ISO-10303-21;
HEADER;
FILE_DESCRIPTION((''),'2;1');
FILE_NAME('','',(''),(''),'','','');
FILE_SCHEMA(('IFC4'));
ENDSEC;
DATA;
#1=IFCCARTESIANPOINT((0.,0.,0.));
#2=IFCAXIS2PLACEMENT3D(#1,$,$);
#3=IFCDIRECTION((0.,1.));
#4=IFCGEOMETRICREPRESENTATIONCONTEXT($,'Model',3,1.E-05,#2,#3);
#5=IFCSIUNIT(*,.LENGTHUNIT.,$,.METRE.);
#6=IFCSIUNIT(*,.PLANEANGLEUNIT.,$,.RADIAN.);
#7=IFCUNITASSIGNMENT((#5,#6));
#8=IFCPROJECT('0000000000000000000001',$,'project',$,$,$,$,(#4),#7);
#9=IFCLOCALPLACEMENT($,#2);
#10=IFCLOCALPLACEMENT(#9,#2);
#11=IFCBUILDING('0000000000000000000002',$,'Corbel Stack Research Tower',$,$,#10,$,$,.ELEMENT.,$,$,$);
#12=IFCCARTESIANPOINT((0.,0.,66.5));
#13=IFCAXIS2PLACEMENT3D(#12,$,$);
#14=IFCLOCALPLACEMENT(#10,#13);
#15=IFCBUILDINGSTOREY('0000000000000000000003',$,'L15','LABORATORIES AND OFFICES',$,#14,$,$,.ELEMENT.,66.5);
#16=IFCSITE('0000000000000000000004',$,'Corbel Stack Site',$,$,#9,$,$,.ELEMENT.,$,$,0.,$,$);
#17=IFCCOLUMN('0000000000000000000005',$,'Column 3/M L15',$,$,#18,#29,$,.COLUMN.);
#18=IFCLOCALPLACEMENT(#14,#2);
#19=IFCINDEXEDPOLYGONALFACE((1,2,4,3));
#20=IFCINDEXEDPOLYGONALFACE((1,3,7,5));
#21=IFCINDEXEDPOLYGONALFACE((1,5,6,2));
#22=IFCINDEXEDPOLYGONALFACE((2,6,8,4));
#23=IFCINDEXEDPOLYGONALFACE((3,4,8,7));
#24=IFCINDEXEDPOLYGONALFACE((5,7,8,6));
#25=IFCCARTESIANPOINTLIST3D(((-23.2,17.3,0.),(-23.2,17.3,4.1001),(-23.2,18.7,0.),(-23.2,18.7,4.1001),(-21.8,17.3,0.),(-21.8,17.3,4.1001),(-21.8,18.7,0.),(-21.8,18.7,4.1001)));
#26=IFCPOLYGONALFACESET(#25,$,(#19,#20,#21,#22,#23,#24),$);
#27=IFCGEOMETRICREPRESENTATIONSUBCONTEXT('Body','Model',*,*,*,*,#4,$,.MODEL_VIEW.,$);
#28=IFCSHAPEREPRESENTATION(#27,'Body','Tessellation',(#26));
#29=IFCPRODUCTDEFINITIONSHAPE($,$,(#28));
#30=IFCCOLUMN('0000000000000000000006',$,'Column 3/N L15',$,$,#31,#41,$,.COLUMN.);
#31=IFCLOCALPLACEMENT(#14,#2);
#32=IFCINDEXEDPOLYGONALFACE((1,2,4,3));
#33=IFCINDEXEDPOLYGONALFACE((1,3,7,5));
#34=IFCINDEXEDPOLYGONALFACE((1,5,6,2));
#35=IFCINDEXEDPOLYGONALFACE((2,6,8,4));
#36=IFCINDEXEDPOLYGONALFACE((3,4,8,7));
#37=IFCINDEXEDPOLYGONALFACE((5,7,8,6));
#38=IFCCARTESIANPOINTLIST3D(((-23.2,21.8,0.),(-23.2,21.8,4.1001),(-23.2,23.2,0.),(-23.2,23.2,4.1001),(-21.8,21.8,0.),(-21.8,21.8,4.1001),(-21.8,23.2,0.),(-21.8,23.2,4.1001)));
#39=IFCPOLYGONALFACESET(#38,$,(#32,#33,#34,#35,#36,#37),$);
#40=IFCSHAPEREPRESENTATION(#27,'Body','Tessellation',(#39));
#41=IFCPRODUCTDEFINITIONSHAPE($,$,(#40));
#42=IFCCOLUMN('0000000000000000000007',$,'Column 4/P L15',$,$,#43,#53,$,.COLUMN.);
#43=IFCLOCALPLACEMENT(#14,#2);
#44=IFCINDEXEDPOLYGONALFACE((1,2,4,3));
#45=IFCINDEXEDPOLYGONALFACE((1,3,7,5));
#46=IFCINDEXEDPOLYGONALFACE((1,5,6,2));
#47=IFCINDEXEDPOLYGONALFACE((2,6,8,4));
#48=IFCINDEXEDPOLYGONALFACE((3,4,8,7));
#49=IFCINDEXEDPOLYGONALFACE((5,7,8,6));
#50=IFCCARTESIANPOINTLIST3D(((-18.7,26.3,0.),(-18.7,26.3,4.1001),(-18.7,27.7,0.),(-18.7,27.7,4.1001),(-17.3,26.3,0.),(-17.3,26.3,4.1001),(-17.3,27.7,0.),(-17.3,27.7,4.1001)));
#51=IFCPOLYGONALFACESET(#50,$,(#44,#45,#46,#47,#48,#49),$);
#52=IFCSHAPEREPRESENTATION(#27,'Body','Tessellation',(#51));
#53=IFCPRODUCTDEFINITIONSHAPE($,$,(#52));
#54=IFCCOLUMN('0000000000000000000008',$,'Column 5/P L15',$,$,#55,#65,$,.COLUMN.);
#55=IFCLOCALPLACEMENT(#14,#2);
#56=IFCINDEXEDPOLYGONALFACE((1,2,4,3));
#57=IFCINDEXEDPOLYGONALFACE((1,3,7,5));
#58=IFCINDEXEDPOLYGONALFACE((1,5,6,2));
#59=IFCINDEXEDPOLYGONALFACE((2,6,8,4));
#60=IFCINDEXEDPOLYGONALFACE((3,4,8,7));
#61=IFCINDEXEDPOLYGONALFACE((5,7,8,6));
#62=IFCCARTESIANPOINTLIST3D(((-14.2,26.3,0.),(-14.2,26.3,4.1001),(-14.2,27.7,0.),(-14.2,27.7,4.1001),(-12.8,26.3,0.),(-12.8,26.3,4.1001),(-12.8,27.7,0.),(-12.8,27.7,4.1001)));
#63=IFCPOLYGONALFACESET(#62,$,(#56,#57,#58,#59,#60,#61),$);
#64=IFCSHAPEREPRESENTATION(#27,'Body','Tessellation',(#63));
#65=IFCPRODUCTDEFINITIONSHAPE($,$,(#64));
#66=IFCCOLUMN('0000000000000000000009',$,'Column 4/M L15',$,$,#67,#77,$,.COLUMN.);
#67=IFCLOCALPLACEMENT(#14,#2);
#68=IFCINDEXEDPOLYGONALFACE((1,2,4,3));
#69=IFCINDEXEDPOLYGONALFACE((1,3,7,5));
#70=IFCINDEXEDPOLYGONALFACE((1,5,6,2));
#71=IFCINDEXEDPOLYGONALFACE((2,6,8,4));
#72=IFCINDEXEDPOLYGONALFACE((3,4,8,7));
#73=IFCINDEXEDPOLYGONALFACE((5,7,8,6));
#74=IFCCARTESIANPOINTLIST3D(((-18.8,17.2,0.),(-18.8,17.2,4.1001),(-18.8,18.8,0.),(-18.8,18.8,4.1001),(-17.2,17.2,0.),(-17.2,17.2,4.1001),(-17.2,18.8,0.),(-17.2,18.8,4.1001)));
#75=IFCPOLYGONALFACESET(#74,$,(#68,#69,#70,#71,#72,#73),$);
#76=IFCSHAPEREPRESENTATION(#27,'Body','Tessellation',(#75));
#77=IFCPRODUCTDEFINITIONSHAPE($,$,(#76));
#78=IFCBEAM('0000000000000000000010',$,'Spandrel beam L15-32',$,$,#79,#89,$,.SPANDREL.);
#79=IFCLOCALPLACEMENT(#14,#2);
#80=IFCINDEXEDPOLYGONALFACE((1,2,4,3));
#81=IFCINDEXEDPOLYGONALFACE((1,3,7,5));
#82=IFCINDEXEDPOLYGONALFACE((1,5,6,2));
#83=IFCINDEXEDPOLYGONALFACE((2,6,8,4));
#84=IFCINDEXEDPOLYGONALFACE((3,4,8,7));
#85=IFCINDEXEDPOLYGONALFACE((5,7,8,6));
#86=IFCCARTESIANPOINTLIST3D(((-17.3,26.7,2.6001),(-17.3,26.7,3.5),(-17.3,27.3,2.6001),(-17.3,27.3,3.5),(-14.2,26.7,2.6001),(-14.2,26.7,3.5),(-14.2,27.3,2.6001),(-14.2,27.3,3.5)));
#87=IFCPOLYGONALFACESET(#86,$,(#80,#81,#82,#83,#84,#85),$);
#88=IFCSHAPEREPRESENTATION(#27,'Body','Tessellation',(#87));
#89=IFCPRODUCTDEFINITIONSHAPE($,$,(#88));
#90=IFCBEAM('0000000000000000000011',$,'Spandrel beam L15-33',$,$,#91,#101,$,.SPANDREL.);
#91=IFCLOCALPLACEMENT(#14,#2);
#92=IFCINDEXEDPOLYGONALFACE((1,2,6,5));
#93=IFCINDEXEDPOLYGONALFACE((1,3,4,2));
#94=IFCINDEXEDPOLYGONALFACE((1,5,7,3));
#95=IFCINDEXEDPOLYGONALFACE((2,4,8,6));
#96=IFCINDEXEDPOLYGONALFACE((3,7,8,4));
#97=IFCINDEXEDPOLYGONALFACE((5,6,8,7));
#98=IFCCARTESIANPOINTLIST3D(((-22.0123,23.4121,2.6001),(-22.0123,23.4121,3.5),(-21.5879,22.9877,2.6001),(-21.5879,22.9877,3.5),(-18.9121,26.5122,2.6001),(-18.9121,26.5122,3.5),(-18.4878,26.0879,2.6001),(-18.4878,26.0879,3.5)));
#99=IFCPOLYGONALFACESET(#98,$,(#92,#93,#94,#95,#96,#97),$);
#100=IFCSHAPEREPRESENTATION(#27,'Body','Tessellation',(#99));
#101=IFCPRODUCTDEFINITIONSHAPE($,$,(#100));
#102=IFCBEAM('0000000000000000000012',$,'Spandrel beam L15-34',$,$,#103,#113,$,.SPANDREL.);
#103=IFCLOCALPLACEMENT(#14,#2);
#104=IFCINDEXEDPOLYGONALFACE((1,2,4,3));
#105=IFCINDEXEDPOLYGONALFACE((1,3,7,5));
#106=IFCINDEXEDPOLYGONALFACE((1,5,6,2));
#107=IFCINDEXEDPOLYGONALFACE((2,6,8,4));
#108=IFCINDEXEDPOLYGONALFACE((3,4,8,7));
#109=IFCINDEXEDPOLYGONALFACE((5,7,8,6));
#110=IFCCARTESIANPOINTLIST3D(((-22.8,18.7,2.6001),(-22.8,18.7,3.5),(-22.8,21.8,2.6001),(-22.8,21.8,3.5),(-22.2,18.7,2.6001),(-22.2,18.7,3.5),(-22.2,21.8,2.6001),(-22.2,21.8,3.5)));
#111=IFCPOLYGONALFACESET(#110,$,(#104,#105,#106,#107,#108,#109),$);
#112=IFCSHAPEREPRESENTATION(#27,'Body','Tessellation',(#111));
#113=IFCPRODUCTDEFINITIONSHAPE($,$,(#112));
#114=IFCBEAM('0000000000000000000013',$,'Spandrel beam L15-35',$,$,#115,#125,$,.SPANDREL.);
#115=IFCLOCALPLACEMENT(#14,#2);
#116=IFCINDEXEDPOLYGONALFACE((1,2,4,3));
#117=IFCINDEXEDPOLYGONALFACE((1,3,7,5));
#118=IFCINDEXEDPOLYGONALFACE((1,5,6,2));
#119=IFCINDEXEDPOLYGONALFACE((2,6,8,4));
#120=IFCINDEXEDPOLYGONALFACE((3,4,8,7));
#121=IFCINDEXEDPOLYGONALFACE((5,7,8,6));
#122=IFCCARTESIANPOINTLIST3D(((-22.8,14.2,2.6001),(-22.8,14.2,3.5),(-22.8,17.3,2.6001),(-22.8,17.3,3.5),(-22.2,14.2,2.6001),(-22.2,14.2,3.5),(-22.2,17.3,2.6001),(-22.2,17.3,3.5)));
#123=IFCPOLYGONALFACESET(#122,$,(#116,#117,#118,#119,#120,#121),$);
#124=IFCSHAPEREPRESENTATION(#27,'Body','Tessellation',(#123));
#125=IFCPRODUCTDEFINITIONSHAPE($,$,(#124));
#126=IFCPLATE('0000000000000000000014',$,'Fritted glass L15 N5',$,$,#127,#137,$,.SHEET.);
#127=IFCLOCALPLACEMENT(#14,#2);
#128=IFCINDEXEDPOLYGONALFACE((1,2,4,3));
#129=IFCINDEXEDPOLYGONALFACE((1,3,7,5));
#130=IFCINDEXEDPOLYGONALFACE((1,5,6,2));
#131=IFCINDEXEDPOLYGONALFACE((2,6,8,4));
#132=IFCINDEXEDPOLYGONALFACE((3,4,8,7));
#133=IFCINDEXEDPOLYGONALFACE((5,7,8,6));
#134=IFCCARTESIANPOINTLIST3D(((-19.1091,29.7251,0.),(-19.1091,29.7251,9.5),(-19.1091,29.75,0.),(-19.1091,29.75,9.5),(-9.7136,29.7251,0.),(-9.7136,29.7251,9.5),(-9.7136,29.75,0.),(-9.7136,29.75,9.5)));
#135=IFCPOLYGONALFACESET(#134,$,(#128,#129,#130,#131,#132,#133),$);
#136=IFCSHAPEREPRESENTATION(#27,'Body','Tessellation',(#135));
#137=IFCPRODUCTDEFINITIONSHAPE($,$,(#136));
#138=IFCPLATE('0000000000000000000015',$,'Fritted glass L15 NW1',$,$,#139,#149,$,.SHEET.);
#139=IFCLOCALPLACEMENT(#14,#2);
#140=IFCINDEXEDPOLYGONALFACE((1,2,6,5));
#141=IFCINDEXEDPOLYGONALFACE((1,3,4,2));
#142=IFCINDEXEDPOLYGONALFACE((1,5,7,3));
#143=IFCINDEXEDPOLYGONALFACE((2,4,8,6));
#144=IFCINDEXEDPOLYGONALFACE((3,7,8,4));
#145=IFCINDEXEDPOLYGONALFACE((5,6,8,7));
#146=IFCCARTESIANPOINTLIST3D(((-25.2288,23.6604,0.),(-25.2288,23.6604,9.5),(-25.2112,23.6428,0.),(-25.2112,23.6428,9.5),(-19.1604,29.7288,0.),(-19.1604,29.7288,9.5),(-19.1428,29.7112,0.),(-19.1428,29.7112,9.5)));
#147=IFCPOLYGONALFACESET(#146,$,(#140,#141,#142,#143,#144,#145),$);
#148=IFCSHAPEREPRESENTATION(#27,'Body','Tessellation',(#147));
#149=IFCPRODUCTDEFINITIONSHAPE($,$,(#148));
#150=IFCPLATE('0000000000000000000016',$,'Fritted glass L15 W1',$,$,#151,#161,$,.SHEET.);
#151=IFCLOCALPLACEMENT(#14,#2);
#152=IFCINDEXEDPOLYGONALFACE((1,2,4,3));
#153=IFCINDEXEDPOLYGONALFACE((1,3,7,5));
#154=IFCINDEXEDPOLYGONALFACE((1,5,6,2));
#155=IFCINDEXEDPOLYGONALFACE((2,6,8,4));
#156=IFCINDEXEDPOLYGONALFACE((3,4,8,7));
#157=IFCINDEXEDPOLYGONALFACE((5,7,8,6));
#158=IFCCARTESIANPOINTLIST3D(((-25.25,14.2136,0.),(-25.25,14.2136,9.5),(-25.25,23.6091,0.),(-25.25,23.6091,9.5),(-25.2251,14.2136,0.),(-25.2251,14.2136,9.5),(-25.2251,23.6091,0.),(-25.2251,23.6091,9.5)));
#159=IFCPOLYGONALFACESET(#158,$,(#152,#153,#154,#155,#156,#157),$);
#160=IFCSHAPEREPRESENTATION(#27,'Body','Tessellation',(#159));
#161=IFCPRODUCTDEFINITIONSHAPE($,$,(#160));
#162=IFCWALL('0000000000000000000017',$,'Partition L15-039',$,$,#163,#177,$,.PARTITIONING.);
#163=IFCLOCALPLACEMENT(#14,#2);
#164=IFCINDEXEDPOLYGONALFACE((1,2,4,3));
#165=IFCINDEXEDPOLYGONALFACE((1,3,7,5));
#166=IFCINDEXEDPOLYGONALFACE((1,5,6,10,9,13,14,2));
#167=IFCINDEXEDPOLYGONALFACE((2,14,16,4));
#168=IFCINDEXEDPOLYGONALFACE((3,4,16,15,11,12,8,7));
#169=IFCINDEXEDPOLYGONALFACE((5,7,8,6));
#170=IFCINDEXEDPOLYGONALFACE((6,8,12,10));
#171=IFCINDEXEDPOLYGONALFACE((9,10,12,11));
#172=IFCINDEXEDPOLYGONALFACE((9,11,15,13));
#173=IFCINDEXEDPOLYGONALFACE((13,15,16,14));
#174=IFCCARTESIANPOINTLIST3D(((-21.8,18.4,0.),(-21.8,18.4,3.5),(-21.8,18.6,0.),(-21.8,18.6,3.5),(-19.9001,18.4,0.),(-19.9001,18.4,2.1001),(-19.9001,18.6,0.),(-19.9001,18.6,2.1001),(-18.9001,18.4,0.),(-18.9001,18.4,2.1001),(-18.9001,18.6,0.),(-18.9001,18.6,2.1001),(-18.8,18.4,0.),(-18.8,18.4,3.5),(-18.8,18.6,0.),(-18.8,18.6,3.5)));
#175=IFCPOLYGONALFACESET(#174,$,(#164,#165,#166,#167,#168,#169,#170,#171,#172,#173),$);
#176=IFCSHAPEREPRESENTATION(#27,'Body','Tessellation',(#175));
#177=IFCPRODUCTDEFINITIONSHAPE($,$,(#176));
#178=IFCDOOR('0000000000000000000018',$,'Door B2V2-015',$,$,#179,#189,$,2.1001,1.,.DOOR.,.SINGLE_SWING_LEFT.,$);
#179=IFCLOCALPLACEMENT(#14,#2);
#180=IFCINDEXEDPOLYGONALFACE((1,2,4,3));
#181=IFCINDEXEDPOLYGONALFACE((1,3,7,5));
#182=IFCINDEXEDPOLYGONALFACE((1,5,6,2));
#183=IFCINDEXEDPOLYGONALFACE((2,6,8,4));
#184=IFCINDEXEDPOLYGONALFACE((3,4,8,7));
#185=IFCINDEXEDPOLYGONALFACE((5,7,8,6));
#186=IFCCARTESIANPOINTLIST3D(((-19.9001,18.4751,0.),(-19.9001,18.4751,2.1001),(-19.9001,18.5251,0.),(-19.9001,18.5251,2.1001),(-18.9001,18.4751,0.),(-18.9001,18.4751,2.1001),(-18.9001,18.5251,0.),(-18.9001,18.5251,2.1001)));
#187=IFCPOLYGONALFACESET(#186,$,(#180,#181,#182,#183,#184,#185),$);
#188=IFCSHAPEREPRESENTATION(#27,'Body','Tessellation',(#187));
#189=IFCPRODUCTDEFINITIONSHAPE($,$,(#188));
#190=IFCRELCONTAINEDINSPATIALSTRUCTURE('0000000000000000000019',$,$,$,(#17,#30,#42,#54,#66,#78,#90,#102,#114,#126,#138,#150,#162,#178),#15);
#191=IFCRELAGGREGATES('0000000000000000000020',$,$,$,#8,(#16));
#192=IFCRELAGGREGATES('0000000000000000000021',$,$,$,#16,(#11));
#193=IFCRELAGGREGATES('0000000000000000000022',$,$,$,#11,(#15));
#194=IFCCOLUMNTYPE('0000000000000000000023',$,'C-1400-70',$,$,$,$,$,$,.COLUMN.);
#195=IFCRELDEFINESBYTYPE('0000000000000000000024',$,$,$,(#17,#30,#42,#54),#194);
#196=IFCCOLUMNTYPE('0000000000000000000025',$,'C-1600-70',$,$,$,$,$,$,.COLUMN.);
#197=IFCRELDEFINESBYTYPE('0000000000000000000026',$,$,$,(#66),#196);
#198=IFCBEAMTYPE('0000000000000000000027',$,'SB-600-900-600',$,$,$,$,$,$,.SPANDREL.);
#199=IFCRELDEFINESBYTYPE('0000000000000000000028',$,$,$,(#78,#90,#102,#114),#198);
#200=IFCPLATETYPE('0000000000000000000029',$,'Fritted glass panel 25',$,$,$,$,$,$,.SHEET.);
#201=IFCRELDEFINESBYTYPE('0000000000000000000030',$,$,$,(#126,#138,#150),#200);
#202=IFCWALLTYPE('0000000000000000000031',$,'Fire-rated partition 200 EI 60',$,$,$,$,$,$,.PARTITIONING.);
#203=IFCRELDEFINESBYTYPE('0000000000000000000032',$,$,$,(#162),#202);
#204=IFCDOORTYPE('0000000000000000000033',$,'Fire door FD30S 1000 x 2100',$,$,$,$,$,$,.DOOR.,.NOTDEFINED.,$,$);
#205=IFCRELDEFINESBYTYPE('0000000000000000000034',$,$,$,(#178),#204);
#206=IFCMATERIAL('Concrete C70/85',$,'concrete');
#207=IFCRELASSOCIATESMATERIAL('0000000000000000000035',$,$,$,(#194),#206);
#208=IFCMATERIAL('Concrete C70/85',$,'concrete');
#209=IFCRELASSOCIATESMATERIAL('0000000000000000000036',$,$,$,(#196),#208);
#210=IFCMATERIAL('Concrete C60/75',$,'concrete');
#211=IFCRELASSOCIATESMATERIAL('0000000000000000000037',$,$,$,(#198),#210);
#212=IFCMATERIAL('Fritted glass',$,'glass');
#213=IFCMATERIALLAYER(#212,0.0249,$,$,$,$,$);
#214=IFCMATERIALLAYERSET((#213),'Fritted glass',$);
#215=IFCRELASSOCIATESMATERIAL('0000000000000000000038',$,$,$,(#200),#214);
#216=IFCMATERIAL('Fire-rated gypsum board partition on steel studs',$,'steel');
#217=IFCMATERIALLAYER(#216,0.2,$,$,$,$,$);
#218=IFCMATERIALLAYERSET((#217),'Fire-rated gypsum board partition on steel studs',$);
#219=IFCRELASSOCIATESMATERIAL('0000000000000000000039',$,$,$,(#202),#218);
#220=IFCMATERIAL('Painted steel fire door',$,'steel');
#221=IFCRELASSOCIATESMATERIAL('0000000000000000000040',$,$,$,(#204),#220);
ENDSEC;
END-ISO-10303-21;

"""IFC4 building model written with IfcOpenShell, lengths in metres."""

from ifc_helpers import new_model, si_unit, direction, frame, frame_2d, origin, origin_2d, place, context, subcontext, project, spatial, rectangle, extrude, material, layer, layer_set, material_profile, profile_set, type_object, element, fill, save


model = new_model("IFC4")

# Units and contexts
model_context = context("Model", 3, precision=1e-05, world=origin(), true_north=direction((0.0, 1.0)))
body_context = subcontext(model_context, "Body", "Model", "MODEL_VIEW")
ifc_project = project(units=[si_unit("LENGTHUNIT", "METRE"), si_unit("PLANEANGLEUNIT", "RADIAN")], contexts=[model_context])

# Site, building, storey
site_placement = place(None, origin())
site = spatial("IfcSite", under=ifc_project, at=site_placement, Name="Corbel Stack Site", CompositionType="ELEMENT", RefElevation=0.0)
building_placement = place(site_placement, origin())
building = spatial("IfcBuilding", under=site, at=building_placement, Name="Corbel Stack Research Tower", CompositionType="ELEMENT")
storey_placement = place(building_placement, frame((0.0, 0.0, 66.5)))
storey = spatial("IfcBuildingStorey", under=building, at=storey_placement, Name="L15", Description="LABORATORIES AND OFFICES", CompositionType="ELEMENT", Elevation=66.5)

# Columns
ifc_material_1 = material(Name="Concrete C70/85", Category="concrete")
ifc_material_profile_1 = material_profile(ifc_material_1, rectangle(XDim=1.3999, YDim=1.3999, at=origin_2d()), Name="RC 1400 x 1400")
ifc_profile_set_1 = profile_set([ifc_material_profile_1], Name="Concrete C70/85")
column_type_1 = type_object("IfcColumnType", Name="C-1400-70", PredefinedType="COLUMN", material=ifc_profile_set_1)
for number, where, z_axis, x_axis, name in (
    (1, (-22.5, 18.0, 0.0), (0.0, 0.0, 1.0), (1.0, 0.0, 0.0), "Column 3/M L15"),
    (2, (-22.5, 22.5, 0.0), (0.0, 0.0, 1.0), (1.0, 0.0, 0.0), "Column 3/N L15"),
    (3, (-18.0, 27.0, 0.0), (0.0, 0.0, 1.0), (1.0, 0.0, 0.0), "Column 4/P L15"),
    (4, (-13.5, 27.0, 0.0), (0.0, 0.0, 1.0), (1.0, 0.0, 0.0), "Column 5/P L15"),
):
    element("IfcColumn", number, at=place(storey_placement, frame(where, z_axis=z_axis, x_axis=x_axis)), inside=storey, type_object=column_type_1, Name=name, PredefinedType="COLUMN", context=body_context, shape_type="SweptSolid", body=[
        extrude(rectangle(XDim=1.3999, YDim=1.3999, at=origin_2d()), origin(), (0.0, 0.0, 1.0), 4.1001),
    ])
ifc_material_2 = material(Name="Concrete C70/85", Category="concrete")
ifc_material_profile_2 = material_profile(ifc_material_2, rectangle(XDim=1.6001, YDim=1.6001, at=origin_2d()), Name="RC 1600 x 1600")
ifc_profile_set_2 = profile_set([ifc_material_profile_2], Name="Concrete C70/85")
column_type_2 = type_object("IfcColumnType", Name="C-1600-70", PredefinedType="COLUMN", material=ifc_profile_set_2)
column_placement = place(storey_placement, frame((-18.0, 18.0, 0.0), z_axis=(0.0, 0.0, 1.0), x_axis=(1.0, 0.0, 0.0)))
element("IfcColumn", 5, at=column_placement, inside=storey, type_object=column_type_2, Name="Column 4/M L15", PredefinedType="COLUMN", context=body_context, shape_type="SweptSolid", body=[
    extrude(rectangle(XDim=1.6001, YDim=1.6001, at=origin_2d()), origin(), (0.0, 0.0, 1.0), 4.1001),
])

# Beams
ifc_material_3 = material(Name="Concrete C60/75", Category="concrete")
ifc_material_profile_3 = material_profile(ifc_material_3, rectangle(XDim=0.6001, YDim=0.8999, at=origin_2d()), Name="RC 600 x 900")
ifc_profile_set_3 = profile_set([ifc_material_profile_3], Name="Concrete C60/75")
beam_type = type_object("IfcBeamType", Name="SB-600-900-600", PredefinedType="SPANDREL", material=ifc_profile_set_3)
beam_1_placement = place(storey_placement, frame((-14.2, 27.0, 3.05), z_axis=(-1.0, 0.0, 0.0), x_axis=(0.0, -1.0, 0.0)))
element("IfcBeam", 6, at=beam_1_placement, inside=storey, type_object=beam_type, Name="Spandrel beam L15-32", PredefinedType="SPANDREL", context=body_context, shape_type="SweptSolid", body=[
    extrude(rectangle(XDim=0.6001, YDim=0.8999, at=origin_2d()), origin(), (0.0, 0.0, 1.0), 3.1001),
])
beam_2_placement = place(storey_placement, frame((-18.7, 26.3, 3.05), z_axis=(-0.707107, -0.707107, 0.0), x_axis=(0.707107, -0.707107, 0.0)))
element("IfcBeam", 7, at=beam_2_placement, inside=storey, type_object=beam_type, Name="Spandrel beam L15-33", PredefinedType="SPANDREL", context=body_context, shape_type="SweptSolid", body=[
    extrude(rectangle(XDim=0.6001, YDim=0.8999, at=origin_2d()), origin(), (0.0, 0.0, 1.0), 4.3843),
])
for number, where, z_axis, x_axis, name in (
    (8, (-22.5, 21.8, 3.05), (0.0, -1.0, 0.0), (1.0, 0.0, 0.0), "Spandrel beam L15-34"),
    (9, (-22.5, 17.3, 3.05), (0.0, -1.0, 0.0), (1.0, 0.0, 0.0), "Spandrel beam L15-35"),
):
    element("IfcBeam", number, at=place(storey_placement, frame(where, z_axis=z_axis, x_axis=x_axis)), inside=storey, type_object=beam_type, Name=name, PredefinedType="SPANDREL", context=body_context, shape_type="SweptSolid", body=[
        extrude(rectangle(XDim=0.6001, YDim=0.8999, at=origin_2d()), origin(), (0.0, 0.0, 1.0), 3.1001),
    ])

# Plates
ifc_material_4 = material(Name="Fritted glass", Category="glass")
ifc_layer_1 = layer(ifc_material_4, 0.0249)
ifc_layer_set_1 = layer_set([ifc_layer_1], Name="Fritted glass")
plate_type = type_object("IfcPlateType", Name="Fritted glass panel 25", PredefinedType="SHEET", material=ifc_layer_set_1)
plate_1_placement = place(storey_placement, frame((-14.4114, 29.7375, 0.0), z_axis=(0.0, 0.0, 1.0), x_axis=(-1.0, 0.0, 0.0)))
element("IfcPlate", 10, at=plate_1_placement, inside=storey, type_object=plate_type, Name="Fritted glass L15 N5", PredefinedType="SHEET", context=body_context, shape_type="SweptSolid", body=[
    extrude(rectangle(XDim=9.3955, YDim=0.0249, at=origin_2d()), origin(), (0.0, 0.0, 1.0), 9.5),
])
plate_2_placement = place(storey_placement, frame((-22.1858, 26.6858, 0.0), z_axis=(0.0, 0.0, 1.0), x_axis=(-0.707107, -0.707107, 0.0)))
element("IfcPlate", 11, at=plate_2_placement, inside=storey, type_object=plate_type, Name="Fritted glass L15 NW1", PredefinedType="SHEET", context=body_context, shape_type="SweptSolid", body=[
    extrude(rectangle(XDim=8.582, YDim=0.0249, at=origin_2d()), origin(), (0.0, 0.0, 1.0), 9.5),
])
plate_3_placement = place(storey_placement, frame((-25.2375, 18.9114, 0.0), z_axis=(0.0, 0.0, 1.0), x_axis=(0.0, -1.0, 0.0)))
element("IfcPlate", 12, at=plate_3_placement, inside=storey, type_object=plate_type, Name="Fritted glass L15 W1", PredefinedType="SHEET", context=body_context, shape_type="SweptSolid", body=[
    extrude(rectangle(XDim=9.3955, YDim=0.0249, at=origin_2d()), origin(), (0.0, 0.0, 1.0), 9.5),
])

# Wall, opening, door
ifc_material_5 = material(Name="Fire-rated gypsum board partition on steel studs", Category="steel")
ifc_layer_2 = layer(ifc_material_5, 0.2)
ifc_layer_set_2 = layer_set([ifc_layer_2], Name="Fire-rated gypsum board partition on steel studs")
wall_type_1 = type_object("IfcWallType", Name="Fire-rated partition 200 EI 60", PredefinedType="PARTITIONING", material=ifc_layer_set_2)
wall_1_placement = place(storey_placement, frame((-18.8, 18.5, 0.0), z_axis=(0.0, 0.0, 1.0), x_axis=(-1.0, 0.0, 0.0)))
wall_1 = element("IfcWall", 13, at=wall_1_placement, inside=storey, type_object=wall_type_1, Name="Partition L15-039", PredefinedType="PARTITIONING", context=body_context, shape_type="SweptSolid", body=[
    extrude(rectangle(XDim=3.0, YDim=0.2, at=frame_2d((1.5, 0.0))), origin(), (0.0, 0.0, 1.0), 3.5),
])
opening_1_placement = place(wall_1_placement, frame((0.1001, 0.0, 0.0)))
opening_1 = element("IfcOpeningElement", 14, at=opening_1_placement, cuts=wall_1, PredefinedType="OPENING", context=body_context, shape_type="SweptSolid", body=[
    extrude(rectangle(XDim=1.0, YDim=2.1001, at=frame_2d((0.5, 1.05))), frame((0.0, 0.1099, 0.0), z_axis=(0.0, -1.0, 0.0), x_axis=(1.0, 0.0, 0.0)), (0.0, 0.0, 1.0), 0.22),
])
ifc_material_6 = material(Name="Painted steel fire door", Category="steel")
door_type_1 = type_object("IfcDoorType", Name="Fire door FD30S 1000 x 2100", OperationType="NOTDEFINED", PredefinedType="DOOR", material=ifc_material_6)
door_1_placement = place(opening_1_placement, origin())
door_1 = element("IfcDoor", 15, at=door_1_placement, inside=storey, type_object=door_type_1, Name="Door B2V2-015", OperationType="SINGLE_SWING_LEFT", OverallHeight=2.1001, OverallWidth=1.0, PredefinedType="DOOR", context=body_context, shape_type="SweptSolid", body=[
    extrude(rectangle(XDim=1.0, YDim=2.1001, at=frame_2d((0.5, 1.05))), frame((0.0, 0.0249, 0.0), z_axis=(0.0, -1.0, 0.0), x_axis=(1.0, 0.0, 0.0)), (0.0, 0.0, 1.0), 0.05),
])
fill(opening_1, door_1)

save(model, "model.ifc")
